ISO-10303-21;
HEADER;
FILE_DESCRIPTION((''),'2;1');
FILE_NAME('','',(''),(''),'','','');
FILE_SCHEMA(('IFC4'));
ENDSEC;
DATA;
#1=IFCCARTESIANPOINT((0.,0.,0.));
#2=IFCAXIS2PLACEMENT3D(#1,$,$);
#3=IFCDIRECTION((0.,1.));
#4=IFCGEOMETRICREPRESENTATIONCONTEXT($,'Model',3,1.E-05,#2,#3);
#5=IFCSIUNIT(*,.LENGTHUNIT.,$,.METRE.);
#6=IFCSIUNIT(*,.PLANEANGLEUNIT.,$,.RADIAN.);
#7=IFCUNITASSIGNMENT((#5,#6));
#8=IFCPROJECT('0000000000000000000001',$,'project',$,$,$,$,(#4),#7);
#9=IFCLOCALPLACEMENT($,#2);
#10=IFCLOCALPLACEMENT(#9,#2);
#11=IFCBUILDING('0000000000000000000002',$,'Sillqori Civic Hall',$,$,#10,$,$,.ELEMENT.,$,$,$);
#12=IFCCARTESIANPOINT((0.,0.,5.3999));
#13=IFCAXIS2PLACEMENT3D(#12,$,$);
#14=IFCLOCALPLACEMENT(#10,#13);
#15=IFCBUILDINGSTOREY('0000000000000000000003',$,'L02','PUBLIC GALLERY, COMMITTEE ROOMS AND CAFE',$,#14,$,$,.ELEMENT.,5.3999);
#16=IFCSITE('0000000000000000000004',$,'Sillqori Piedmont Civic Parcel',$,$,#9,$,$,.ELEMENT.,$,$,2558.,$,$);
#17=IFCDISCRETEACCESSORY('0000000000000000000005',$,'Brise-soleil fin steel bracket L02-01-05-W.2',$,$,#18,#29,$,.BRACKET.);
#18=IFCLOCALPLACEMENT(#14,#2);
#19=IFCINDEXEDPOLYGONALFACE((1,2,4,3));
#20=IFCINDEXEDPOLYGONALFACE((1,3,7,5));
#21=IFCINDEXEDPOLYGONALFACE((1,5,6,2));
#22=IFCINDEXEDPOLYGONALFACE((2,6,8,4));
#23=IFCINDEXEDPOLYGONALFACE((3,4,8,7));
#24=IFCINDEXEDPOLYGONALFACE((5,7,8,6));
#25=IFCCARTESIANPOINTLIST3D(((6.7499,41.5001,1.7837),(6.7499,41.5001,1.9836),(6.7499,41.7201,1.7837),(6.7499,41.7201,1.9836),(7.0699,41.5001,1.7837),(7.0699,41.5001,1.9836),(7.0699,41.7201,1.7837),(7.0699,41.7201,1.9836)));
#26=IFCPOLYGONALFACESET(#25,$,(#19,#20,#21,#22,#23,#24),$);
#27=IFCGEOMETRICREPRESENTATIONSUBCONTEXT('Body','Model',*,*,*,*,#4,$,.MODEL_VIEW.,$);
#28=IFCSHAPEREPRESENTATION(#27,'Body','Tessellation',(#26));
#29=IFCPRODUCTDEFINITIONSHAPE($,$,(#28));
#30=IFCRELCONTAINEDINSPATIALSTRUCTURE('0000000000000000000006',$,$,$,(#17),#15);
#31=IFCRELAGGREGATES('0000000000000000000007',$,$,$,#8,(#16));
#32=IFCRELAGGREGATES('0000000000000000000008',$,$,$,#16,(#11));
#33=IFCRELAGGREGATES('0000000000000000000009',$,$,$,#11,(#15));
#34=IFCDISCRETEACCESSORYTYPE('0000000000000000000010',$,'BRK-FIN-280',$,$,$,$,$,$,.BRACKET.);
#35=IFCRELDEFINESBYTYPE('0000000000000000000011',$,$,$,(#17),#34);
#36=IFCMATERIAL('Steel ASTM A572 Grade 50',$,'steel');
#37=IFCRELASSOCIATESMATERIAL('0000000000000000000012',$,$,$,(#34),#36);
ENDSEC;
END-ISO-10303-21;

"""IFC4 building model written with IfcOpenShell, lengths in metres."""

from ifc_helpers import new_model, si_unit, direction, frame, origin, origin_2d, place, context, subcontext, project, spatial, rectangle, extrude, material, type_object, element, save


model = new_model("IFC4")

# Units and contexts
model_context = context("Model", 3, precision=1e-05, world=origin(), true_north=direction((0.0, 1.0)))
body_context = subcontext(model_context, "Body", "Model", "MODEL_VIEW")
ifc_project = project(units=[si_unit("LENGTHUNIT", "METRE"), si_unit("PLANEANGLEUNIT", "RADIAN")], contexts=[model_context])

# Site, building, storey
site_placement = place(None, origin())
site = spatial("IfcSite", under=ifc_project, at=site_placement, Name="Sillqori Piedmont Civic Parcel", CompositionType="ELEMENT", RefElevation=2558.0)
building_placement = place(site_placement, origin())
building = spatial("IfcBuilding", under=site, at=building_placement, Name="Sillqori Civic Hall", CompositionType="ELEMENT")
storey_placement = place(building_placement, frame((0.0, 0.0, 5.3999)))
storey = spatial("IfcBuildingStorey", under=building, at=storey_placement, Name="L02", Description="PUBLIC GALLERY, COMMITTEE ROOMS AND CAFE", CompositionType="ELEMENT", Elevation=5.3999)

# Discrete accessory
ifc_material_1 = material(Name="Steel ASTM A572 Grade 50", Category="steel")
discrete_accessory_type = type_object("IfcDiscreteAccessoryType", Name="BRK-FIN-280", PredefinedType="BRACKET", material=ifc_material_1)
for number, where, z_axis, x_axis, name in (
    (1, (6.9099, 41.6101, 1.7837), (0.0, 0.0, 1.0), (0.0, 1.0, 0.0), "Brise-soleil fin steel bracket L02-01-05-W.2"),
):
    element("IfcDiscreteAccessory", number, at=place(storey_placement, frame(where, z_axis=z_axis, x_axis=x_axis)), inside=storey, type_object=discrete_accessory_type, Name=name, PredefinedType="BRACKET", context=body_context, shape_type="SweptSolid", body=[
        extrude(rectangle(XDim=0.22, YDim=0.3201, at=origin_2d()), origin(), (0.0, 0.0, 1.0), 0.2),
    ])

save(model, "model.ifc")
